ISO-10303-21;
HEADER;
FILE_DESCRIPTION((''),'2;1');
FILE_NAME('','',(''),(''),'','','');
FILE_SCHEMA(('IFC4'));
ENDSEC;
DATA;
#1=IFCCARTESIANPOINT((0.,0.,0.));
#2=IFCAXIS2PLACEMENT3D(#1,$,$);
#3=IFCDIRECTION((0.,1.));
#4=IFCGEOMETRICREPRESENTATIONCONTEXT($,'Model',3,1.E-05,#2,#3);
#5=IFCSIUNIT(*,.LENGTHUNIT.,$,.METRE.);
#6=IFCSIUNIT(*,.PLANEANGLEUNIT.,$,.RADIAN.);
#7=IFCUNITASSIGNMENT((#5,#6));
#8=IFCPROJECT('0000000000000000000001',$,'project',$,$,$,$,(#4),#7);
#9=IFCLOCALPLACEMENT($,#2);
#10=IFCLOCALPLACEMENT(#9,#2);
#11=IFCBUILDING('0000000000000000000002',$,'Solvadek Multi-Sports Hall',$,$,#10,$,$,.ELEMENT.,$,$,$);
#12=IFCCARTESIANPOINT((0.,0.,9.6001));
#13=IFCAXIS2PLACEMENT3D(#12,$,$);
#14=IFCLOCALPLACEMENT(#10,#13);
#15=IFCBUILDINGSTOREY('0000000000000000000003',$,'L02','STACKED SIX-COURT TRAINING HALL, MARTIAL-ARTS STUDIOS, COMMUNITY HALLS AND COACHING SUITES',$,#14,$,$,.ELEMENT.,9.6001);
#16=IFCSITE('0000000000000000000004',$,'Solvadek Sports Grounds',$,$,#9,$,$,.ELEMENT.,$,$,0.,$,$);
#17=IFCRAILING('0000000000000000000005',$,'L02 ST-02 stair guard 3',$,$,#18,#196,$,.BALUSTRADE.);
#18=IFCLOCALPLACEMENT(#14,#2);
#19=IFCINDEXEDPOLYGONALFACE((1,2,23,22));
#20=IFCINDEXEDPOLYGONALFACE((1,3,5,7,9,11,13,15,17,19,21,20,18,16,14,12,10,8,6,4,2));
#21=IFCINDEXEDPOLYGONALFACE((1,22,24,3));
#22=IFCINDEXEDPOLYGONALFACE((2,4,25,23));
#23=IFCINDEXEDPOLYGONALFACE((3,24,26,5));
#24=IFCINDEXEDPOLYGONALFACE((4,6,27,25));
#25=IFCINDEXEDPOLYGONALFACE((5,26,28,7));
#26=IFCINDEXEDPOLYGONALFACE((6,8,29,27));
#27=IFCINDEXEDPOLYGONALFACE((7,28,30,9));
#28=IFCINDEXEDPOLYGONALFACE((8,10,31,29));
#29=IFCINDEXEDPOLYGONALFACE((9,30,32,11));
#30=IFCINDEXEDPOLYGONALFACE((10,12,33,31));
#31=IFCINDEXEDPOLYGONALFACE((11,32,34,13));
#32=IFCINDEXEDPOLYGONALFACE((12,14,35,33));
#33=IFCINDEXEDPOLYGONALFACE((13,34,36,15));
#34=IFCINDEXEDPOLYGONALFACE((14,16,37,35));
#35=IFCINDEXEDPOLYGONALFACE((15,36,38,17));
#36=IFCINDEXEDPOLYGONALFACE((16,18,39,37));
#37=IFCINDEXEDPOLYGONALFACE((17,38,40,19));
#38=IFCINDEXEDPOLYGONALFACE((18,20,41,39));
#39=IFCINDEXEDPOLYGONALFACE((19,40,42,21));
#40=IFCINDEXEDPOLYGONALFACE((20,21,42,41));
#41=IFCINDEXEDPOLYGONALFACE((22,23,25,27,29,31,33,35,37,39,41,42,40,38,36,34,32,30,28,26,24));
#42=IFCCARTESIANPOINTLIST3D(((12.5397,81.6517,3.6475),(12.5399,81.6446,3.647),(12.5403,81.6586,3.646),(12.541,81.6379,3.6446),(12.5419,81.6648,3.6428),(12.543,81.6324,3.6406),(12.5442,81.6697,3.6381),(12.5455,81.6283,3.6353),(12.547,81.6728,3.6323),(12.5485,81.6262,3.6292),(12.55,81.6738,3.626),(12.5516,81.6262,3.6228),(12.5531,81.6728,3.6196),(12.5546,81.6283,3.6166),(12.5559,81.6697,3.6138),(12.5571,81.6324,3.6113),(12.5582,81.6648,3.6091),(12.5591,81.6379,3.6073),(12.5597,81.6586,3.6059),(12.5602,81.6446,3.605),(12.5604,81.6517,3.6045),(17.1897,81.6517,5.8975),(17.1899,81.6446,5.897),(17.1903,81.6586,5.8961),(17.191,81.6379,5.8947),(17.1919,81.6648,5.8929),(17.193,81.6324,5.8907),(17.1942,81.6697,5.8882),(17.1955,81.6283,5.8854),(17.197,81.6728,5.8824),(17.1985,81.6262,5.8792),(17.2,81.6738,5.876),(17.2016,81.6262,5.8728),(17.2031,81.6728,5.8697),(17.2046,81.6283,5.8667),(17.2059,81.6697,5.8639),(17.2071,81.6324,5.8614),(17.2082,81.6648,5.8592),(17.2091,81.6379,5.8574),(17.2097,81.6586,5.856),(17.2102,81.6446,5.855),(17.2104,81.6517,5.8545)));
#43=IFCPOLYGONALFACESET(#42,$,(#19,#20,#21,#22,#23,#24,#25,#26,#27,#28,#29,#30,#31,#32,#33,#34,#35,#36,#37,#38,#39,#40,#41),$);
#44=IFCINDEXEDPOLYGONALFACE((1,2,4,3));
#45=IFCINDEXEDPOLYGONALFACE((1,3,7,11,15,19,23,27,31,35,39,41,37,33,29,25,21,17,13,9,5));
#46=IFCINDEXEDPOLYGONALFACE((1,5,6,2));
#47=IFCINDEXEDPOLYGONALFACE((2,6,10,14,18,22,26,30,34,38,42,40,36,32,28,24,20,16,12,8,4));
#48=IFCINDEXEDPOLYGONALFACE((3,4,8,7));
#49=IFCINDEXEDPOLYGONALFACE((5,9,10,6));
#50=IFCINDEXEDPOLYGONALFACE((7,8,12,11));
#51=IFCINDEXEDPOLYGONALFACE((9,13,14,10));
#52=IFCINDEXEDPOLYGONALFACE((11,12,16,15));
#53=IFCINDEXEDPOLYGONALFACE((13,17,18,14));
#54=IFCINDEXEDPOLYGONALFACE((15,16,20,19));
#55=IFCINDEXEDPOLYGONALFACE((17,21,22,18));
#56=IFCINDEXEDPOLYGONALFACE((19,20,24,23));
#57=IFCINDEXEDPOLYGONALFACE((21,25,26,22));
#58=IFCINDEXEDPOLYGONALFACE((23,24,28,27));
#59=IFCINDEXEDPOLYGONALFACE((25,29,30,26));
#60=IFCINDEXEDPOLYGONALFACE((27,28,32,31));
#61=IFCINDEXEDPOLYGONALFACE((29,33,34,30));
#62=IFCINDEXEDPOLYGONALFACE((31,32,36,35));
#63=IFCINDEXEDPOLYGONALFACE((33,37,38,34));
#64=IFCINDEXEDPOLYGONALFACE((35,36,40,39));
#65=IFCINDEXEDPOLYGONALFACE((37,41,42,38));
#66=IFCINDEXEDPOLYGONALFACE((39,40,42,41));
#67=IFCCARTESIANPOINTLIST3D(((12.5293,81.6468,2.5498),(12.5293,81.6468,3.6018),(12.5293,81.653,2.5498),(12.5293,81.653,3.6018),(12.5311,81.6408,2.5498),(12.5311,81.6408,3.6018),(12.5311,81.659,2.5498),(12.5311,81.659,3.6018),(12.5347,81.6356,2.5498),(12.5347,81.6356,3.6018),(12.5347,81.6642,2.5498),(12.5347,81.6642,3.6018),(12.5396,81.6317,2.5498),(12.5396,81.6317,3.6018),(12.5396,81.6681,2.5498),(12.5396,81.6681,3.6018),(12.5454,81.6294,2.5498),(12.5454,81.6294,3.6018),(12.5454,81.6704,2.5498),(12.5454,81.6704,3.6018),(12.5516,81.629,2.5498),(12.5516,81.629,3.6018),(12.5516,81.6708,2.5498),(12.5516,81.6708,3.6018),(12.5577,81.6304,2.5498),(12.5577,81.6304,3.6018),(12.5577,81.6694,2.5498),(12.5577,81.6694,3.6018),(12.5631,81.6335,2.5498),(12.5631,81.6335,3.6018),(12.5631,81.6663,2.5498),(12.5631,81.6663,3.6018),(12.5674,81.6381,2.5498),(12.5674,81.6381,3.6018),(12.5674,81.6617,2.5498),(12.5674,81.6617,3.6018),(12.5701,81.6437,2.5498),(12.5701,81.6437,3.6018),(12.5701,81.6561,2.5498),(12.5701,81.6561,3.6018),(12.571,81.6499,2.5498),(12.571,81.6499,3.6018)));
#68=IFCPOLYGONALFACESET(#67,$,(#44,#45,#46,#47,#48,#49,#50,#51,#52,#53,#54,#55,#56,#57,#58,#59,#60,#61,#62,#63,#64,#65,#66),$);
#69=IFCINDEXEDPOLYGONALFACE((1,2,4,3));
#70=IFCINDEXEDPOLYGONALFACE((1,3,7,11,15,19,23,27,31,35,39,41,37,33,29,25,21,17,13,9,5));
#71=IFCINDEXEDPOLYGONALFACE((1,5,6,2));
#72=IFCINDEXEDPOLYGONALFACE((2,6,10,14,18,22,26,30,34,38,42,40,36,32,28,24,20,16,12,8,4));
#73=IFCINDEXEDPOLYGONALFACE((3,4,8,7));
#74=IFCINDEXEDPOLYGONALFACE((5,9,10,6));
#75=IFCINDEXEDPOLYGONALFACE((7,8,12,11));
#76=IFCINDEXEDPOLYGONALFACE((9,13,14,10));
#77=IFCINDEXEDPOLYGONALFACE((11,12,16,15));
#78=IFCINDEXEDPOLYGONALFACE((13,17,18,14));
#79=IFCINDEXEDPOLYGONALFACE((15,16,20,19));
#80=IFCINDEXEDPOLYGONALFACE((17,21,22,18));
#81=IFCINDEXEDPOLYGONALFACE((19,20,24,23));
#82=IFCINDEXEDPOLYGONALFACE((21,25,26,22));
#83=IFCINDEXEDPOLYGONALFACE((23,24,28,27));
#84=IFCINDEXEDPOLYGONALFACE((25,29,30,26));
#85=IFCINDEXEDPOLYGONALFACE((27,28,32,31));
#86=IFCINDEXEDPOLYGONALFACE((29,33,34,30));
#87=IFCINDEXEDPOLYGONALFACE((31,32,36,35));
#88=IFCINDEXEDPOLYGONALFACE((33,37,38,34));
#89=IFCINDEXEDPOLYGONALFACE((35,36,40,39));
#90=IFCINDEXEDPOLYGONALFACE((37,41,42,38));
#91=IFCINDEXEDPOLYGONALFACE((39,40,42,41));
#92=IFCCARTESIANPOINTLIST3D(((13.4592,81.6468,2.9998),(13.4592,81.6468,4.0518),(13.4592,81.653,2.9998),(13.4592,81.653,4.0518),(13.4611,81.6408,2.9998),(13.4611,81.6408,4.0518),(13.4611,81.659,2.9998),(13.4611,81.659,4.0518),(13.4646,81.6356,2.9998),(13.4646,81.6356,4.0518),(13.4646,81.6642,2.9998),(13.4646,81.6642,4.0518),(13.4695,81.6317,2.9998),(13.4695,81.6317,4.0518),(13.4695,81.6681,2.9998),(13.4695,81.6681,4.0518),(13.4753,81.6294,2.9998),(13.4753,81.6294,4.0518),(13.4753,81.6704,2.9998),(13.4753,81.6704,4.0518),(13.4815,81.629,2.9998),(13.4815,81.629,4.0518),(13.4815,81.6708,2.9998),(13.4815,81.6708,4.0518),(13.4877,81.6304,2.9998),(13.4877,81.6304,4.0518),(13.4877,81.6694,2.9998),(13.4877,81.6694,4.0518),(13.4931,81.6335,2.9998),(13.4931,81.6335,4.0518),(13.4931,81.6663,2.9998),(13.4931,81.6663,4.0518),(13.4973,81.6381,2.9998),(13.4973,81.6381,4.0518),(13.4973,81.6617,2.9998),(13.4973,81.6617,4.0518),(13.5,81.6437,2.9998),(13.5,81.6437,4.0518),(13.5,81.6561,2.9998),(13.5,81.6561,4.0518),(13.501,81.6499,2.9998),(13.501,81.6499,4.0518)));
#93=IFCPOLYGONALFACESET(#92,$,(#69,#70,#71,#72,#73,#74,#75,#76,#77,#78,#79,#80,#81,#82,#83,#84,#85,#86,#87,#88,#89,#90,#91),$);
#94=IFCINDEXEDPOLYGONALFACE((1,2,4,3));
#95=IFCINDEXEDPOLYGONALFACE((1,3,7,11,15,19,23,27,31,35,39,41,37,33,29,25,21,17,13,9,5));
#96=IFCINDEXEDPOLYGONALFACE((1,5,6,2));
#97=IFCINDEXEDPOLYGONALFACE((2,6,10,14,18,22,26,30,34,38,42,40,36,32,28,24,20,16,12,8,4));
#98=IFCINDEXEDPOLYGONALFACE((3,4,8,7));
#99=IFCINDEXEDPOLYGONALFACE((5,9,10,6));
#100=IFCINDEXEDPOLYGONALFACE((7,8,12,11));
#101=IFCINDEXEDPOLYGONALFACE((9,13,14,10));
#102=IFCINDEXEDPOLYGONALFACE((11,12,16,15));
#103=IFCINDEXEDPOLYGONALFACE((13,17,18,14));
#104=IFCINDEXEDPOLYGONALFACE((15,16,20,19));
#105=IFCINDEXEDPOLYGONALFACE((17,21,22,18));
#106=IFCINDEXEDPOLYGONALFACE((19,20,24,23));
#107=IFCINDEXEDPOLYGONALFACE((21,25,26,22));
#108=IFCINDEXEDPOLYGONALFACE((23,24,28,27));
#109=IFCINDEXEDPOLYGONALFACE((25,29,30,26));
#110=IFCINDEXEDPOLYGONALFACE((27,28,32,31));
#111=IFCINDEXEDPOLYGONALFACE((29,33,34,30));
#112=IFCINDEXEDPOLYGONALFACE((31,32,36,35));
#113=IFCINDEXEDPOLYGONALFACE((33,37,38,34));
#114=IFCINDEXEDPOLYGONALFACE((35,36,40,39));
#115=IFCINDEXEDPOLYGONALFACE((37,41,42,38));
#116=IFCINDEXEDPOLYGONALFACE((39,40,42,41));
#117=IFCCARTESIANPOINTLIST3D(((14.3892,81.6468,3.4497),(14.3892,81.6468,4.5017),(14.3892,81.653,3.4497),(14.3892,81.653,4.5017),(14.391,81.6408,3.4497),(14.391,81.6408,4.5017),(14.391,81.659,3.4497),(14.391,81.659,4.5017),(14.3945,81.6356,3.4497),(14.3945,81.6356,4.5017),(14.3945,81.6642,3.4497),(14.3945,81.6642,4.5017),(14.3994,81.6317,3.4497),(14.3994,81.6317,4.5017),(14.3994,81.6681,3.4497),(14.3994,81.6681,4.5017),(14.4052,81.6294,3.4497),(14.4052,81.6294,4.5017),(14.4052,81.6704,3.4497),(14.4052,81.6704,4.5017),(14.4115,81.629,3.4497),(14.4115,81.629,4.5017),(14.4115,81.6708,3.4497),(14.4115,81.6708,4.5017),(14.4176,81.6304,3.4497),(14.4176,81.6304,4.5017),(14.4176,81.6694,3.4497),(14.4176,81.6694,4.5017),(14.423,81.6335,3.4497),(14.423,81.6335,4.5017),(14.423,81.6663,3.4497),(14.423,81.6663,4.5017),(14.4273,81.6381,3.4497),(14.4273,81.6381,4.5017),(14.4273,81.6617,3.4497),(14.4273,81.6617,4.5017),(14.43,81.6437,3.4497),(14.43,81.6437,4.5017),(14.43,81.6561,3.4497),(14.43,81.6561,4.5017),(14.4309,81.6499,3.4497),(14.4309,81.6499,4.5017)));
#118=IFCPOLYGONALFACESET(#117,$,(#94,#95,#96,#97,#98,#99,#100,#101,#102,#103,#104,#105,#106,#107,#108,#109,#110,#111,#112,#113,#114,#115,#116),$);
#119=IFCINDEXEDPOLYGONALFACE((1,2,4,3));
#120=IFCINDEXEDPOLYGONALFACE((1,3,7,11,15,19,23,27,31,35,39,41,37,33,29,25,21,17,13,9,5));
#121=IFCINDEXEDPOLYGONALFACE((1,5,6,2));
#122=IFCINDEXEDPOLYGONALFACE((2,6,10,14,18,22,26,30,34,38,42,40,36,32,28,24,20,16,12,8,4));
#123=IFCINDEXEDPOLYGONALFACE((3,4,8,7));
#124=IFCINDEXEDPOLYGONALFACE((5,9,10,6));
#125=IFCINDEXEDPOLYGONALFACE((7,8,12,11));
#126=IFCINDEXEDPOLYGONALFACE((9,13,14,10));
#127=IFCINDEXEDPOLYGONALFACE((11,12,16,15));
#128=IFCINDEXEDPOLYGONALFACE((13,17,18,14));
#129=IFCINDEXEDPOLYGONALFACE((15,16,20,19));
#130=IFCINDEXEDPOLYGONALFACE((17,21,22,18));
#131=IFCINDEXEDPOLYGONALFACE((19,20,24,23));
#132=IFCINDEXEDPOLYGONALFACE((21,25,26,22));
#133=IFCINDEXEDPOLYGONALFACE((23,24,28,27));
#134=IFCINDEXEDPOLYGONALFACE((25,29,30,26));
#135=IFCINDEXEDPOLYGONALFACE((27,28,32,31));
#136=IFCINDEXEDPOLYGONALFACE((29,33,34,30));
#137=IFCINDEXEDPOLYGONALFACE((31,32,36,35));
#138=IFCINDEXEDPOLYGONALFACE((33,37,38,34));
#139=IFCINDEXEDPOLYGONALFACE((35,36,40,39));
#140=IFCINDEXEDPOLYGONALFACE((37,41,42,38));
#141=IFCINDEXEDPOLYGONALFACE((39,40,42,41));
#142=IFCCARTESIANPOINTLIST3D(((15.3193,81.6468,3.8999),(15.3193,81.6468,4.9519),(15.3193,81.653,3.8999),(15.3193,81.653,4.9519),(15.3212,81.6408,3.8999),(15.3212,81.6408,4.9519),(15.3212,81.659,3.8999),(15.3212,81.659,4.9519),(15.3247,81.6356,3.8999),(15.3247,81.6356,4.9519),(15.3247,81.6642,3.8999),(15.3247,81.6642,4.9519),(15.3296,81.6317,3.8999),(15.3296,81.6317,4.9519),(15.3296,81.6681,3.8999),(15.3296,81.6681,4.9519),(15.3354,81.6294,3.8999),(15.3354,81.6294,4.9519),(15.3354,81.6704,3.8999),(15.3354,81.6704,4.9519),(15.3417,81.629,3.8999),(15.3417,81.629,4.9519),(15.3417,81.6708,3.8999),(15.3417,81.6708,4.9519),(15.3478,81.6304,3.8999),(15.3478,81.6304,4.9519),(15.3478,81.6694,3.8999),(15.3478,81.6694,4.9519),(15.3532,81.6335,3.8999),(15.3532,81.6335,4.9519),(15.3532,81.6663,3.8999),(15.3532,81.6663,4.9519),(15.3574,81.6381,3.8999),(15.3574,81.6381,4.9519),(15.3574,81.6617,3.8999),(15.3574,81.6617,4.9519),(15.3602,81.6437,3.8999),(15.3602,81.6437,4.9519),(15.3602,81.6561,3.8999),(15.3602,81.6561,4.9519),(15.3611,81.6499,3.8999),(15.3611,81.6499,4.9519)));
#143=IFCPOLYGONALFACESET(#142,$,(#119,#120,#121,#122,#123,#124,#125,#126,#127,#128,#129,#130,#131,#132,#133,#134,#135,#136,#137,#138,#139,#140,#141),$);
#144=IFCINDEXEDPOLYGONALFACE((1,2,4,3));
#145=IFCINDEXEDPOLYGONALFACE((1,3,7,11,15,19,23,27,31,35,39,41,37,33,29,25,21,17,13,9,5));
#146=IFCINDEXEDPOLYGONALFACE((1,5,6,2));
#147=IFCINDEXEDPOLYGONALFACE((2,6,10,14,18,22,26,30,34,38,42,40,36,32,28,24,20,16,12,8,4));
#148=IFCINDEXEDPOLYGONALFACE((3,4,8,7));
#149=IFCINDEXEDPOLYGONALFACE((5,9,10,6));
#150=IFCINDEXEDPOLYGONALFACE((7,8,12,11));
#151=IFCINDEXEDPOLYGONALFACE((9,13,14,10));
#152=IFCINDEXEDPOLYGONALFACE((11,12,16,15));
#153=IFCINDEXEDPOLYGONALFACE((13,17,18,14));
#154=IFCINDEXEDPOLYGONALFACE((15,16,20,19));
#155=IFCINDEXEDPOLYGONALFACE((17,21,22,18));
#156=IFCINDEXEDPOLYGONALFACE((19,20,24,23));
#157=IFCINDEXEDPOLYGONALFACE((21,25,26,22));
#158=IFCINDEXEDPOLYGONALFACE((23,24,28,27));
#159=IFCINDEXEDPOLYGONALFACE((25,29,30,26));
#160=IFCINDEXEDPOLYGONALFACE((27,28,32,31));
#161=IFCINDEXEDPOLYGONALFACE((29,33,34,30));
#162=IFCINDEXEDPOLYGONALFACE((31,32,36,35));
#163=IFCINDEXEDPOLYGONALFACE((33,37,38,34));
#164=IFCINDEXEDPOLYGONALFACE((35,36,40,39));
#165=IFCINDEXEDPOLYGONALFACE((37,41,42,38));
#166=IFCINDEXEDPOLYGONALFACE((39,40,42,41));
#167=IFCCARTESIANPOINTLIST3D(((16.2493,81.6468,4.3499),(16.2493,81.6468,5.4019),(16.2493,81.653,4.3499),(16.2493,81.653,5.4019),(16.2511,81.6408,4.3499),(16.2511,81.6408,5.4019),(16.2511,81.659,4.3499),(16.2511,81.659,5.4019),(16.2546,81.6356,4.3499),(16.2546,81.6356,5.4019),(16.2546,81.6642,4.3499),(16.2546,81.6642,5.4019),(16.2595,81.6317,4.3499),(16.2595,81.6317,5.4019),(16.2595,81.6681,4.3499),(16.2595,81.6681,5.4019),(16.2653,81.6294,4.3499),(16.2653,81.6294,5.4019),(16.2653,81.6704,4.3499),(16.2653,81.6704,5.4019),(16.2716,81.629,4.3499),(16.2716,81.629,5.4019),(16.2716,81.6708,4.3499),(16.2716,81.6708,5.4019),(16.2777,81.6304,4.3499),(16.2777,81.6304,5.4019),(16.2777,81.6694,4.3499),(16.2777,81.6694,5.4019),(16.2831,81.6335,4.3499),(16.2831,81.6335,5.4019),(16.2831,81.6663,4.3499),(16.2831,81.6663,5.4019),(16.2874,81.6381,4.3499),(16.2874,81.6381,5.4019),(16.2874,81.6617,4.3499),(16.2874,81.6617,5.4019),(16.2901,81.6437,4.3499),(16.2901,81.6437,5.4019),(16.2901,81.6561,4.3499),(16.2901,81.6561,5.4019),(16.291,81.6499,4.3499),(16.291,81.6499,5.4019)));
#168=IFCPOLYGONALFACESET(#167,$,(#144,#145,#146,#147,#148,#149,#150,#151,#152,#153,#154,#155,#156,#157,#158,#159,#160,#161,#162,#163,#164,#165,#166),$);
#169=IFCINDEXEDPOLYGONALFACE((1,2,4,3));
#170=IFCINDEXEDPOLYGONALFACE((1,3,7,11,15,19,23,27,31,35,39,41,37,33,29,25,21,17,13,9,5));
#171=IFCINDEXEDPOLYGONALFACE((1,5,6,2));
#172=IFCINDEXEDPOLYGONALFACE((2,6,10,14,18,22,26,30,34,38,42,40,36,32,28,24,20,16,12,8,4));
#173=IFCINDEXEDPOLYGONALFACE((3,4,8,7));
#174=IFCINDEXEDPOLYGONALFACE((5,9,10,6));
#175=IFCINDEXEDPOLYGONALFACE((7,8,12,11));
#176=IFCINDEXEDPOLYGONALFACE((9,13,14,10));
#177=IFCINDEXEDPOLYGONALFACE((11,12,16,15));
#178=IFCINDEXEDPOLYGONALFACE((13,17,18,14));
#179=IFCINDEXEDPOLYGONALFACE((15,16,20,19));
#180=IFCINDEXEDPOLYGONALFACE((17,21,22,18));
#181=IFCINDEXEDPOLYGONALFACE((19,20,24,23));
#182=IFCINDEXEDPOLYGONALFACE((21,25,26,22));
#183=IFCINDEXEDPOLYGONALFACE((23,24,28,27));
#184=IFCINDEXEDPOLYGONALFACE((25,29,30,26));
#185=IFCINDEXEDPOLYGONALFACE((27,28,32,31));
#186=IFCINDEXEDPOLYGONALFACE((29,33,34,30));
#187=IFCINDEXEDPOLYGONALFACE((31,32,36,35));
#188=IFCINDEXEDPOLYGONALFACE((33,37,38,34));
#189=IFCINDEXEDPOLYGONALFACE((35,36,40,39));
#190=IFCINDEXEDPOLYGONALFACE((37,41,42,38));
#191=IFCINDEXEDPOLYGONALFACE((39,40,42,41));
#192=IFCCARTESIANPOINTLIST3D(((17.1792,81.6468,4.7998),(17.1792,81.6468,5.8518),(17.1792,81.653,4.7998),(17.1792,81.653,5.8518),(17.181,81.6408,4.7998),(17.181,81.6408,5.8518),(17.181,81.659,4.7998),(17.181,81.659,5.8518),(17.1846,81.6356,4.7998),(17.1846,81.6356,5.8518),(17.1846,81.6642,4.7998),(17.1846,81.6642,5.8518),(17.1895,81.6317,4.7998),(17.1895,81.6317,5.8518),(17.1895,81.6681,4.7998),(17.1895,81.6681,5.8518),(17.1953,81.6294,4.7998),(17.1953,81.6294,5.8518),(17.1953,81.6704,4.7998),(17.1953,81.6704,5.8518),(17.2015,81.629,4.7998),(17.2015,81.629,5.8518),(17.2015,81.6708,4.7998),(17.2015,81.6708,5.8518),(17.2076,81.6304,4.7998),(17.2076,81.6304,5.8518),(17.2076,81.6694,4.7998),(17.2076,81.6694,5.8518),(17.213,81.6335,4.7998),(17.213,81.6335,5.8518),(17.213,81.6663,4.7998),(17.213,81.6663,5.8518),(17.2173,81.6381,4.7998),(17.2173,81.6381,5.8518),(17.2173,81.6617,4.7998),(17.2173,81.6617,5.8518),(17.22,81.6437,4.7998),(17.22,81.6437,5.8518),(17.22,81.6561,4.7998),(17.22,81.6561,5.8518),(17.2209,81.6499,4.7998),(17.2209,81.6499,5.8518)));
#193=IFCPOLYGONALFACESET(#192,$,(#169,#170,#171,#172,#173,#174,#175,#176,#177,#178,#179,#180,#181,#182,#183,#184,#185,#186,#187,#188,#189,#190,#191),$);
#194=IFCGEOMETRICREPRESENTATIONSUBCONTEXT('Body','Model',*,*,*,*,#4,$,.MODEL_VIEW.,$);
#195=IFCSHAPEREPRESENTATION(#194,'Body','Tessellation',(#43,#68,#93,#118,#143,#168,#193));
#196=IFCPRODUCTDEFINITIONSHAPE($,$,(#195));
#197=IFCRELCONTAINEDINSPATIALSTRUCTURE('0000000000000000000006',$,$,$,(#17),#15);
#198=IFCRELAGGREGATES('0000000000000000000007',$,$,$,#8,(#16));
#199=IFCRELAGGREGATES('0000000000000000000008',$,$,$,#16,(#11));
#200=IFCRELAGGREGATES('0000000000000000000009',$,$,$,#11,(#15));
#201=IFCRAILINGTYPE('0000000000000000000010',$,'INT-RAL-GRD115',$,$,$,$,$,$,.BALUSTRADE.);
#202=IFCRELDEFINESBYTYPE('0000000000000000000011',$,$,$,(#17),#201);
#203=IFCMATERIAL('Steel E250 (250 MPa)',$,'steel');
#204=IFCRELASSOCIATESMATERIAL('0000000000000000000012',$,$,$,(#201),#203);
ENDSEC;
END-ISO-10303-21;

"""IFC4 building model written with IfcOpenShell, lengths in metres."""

from ifc_helpers import new_model, si_unit, direction, frame, origin, origin_2d, place, context, subcontext, project, spatial, circle, extrude, material, type_object, element, save


model = new_model("IFC4")

# Units and contexts
model_context = context("Model", 3, precision=1e-05, world=origin(), true_north=direction((0.0, 1.0)))
body_context = subcontext(model_context, "Body", "Model", "MODEL_VIEW")
ifc_project = project(units=[si_unit("LENGTHUNIT", "METRE"), si_unit("PLANEANGLEUNIT", "RADIAN")], contexts=[model_context])

# Site, building, storey
site_placement = place(None, origin())
site = spatial("IfcSite", under=ifc_project, at=site_placement, Name="Solvadek Sports Grounds", CompositionType="ELEMENT", RefElevation=0.0)
building_placement = place(site_placement, origin())
building = spatial("IfcBuilding", under=site, at=building_placement, Name="Solvadek Multi-Sports Hall", CompositionType="ELEMENT")
storey_placement = place(building_placement, frame((0.0, 0.0, 9.6001)))
storey = spatial("IfcBuildingStorey", under=building, at=storey_placement, Name="L02", Description="STACKED SIX-COURT TRAINING HALL, MARTIAL-ARTS STUDIOS, COMMUNITY HALLS AND COACHING SUITES", CompositionType="ELEMENT", Elevation=9.6001)

# Railing
ifc_material_1 = material(Name="Steel E250 (250 MPa)", Category="steel")
railing_type_1 = type_object("IfcRailingType", Name="INT-RAL-GRD115", PredefinedType="BALUSTRADE", material=ifc_material_1)
railing_1_placement = place(storey_placement, frame((12.55, 81.6499, 2.5498)))
element("IfcRailing", 1, at=railing_1_placement, inside=storey, type_object=railing_type_1, Name="L02 ST-02 stair guard 3", PredefinedType="BALUSTRADE", context=body_context, shape_type="SweptSolid", body=[
    extrude(circle(Radius=0.0239, at=origin_2d()), frame((0.0, 0.0, 1.0762), z_axis=(0.900156, 0.0, 0.435568), x_axis=(0.0, 1.0, 0.0)), (0.0, 0.0, 1.0), 5.1658),
    extrude(circle(Radius=0.021, at=origin_2d()), origin(), (0.0, 0.0, 1.0), 1.052),
    extrude(circle(Radius=0.021, at=origin_2d()), frame((0.9299, 0.0, 0.45)), (0.0, 0.0, 1.0), 1.052),
    extrude(circle(Radius=0.021, at=origin_2d()), frame((1.8599, 0.0, 0.8999)), (0.0, 0.0, 1.0), 1.052),
    extrude(circle(Radius=0.021, at=origin_2d()), frame((2.79, 0.0, 1.3501)), (0.0, 0.0, 1.0), 1.052),
    extrude(circle(Radius=0.021, at=origin_2d()), frame((3.72, 0.0, 1.8)), (0.0, 0.0, 1.0), 1.052),
    extrude(circle(Radius=0.021, at=origin_2d()), frame((4.6499, 0.0, 2.25)), (0.0, 0.0, 1.0), 1.052),
])

save(model, "model.ifc")
